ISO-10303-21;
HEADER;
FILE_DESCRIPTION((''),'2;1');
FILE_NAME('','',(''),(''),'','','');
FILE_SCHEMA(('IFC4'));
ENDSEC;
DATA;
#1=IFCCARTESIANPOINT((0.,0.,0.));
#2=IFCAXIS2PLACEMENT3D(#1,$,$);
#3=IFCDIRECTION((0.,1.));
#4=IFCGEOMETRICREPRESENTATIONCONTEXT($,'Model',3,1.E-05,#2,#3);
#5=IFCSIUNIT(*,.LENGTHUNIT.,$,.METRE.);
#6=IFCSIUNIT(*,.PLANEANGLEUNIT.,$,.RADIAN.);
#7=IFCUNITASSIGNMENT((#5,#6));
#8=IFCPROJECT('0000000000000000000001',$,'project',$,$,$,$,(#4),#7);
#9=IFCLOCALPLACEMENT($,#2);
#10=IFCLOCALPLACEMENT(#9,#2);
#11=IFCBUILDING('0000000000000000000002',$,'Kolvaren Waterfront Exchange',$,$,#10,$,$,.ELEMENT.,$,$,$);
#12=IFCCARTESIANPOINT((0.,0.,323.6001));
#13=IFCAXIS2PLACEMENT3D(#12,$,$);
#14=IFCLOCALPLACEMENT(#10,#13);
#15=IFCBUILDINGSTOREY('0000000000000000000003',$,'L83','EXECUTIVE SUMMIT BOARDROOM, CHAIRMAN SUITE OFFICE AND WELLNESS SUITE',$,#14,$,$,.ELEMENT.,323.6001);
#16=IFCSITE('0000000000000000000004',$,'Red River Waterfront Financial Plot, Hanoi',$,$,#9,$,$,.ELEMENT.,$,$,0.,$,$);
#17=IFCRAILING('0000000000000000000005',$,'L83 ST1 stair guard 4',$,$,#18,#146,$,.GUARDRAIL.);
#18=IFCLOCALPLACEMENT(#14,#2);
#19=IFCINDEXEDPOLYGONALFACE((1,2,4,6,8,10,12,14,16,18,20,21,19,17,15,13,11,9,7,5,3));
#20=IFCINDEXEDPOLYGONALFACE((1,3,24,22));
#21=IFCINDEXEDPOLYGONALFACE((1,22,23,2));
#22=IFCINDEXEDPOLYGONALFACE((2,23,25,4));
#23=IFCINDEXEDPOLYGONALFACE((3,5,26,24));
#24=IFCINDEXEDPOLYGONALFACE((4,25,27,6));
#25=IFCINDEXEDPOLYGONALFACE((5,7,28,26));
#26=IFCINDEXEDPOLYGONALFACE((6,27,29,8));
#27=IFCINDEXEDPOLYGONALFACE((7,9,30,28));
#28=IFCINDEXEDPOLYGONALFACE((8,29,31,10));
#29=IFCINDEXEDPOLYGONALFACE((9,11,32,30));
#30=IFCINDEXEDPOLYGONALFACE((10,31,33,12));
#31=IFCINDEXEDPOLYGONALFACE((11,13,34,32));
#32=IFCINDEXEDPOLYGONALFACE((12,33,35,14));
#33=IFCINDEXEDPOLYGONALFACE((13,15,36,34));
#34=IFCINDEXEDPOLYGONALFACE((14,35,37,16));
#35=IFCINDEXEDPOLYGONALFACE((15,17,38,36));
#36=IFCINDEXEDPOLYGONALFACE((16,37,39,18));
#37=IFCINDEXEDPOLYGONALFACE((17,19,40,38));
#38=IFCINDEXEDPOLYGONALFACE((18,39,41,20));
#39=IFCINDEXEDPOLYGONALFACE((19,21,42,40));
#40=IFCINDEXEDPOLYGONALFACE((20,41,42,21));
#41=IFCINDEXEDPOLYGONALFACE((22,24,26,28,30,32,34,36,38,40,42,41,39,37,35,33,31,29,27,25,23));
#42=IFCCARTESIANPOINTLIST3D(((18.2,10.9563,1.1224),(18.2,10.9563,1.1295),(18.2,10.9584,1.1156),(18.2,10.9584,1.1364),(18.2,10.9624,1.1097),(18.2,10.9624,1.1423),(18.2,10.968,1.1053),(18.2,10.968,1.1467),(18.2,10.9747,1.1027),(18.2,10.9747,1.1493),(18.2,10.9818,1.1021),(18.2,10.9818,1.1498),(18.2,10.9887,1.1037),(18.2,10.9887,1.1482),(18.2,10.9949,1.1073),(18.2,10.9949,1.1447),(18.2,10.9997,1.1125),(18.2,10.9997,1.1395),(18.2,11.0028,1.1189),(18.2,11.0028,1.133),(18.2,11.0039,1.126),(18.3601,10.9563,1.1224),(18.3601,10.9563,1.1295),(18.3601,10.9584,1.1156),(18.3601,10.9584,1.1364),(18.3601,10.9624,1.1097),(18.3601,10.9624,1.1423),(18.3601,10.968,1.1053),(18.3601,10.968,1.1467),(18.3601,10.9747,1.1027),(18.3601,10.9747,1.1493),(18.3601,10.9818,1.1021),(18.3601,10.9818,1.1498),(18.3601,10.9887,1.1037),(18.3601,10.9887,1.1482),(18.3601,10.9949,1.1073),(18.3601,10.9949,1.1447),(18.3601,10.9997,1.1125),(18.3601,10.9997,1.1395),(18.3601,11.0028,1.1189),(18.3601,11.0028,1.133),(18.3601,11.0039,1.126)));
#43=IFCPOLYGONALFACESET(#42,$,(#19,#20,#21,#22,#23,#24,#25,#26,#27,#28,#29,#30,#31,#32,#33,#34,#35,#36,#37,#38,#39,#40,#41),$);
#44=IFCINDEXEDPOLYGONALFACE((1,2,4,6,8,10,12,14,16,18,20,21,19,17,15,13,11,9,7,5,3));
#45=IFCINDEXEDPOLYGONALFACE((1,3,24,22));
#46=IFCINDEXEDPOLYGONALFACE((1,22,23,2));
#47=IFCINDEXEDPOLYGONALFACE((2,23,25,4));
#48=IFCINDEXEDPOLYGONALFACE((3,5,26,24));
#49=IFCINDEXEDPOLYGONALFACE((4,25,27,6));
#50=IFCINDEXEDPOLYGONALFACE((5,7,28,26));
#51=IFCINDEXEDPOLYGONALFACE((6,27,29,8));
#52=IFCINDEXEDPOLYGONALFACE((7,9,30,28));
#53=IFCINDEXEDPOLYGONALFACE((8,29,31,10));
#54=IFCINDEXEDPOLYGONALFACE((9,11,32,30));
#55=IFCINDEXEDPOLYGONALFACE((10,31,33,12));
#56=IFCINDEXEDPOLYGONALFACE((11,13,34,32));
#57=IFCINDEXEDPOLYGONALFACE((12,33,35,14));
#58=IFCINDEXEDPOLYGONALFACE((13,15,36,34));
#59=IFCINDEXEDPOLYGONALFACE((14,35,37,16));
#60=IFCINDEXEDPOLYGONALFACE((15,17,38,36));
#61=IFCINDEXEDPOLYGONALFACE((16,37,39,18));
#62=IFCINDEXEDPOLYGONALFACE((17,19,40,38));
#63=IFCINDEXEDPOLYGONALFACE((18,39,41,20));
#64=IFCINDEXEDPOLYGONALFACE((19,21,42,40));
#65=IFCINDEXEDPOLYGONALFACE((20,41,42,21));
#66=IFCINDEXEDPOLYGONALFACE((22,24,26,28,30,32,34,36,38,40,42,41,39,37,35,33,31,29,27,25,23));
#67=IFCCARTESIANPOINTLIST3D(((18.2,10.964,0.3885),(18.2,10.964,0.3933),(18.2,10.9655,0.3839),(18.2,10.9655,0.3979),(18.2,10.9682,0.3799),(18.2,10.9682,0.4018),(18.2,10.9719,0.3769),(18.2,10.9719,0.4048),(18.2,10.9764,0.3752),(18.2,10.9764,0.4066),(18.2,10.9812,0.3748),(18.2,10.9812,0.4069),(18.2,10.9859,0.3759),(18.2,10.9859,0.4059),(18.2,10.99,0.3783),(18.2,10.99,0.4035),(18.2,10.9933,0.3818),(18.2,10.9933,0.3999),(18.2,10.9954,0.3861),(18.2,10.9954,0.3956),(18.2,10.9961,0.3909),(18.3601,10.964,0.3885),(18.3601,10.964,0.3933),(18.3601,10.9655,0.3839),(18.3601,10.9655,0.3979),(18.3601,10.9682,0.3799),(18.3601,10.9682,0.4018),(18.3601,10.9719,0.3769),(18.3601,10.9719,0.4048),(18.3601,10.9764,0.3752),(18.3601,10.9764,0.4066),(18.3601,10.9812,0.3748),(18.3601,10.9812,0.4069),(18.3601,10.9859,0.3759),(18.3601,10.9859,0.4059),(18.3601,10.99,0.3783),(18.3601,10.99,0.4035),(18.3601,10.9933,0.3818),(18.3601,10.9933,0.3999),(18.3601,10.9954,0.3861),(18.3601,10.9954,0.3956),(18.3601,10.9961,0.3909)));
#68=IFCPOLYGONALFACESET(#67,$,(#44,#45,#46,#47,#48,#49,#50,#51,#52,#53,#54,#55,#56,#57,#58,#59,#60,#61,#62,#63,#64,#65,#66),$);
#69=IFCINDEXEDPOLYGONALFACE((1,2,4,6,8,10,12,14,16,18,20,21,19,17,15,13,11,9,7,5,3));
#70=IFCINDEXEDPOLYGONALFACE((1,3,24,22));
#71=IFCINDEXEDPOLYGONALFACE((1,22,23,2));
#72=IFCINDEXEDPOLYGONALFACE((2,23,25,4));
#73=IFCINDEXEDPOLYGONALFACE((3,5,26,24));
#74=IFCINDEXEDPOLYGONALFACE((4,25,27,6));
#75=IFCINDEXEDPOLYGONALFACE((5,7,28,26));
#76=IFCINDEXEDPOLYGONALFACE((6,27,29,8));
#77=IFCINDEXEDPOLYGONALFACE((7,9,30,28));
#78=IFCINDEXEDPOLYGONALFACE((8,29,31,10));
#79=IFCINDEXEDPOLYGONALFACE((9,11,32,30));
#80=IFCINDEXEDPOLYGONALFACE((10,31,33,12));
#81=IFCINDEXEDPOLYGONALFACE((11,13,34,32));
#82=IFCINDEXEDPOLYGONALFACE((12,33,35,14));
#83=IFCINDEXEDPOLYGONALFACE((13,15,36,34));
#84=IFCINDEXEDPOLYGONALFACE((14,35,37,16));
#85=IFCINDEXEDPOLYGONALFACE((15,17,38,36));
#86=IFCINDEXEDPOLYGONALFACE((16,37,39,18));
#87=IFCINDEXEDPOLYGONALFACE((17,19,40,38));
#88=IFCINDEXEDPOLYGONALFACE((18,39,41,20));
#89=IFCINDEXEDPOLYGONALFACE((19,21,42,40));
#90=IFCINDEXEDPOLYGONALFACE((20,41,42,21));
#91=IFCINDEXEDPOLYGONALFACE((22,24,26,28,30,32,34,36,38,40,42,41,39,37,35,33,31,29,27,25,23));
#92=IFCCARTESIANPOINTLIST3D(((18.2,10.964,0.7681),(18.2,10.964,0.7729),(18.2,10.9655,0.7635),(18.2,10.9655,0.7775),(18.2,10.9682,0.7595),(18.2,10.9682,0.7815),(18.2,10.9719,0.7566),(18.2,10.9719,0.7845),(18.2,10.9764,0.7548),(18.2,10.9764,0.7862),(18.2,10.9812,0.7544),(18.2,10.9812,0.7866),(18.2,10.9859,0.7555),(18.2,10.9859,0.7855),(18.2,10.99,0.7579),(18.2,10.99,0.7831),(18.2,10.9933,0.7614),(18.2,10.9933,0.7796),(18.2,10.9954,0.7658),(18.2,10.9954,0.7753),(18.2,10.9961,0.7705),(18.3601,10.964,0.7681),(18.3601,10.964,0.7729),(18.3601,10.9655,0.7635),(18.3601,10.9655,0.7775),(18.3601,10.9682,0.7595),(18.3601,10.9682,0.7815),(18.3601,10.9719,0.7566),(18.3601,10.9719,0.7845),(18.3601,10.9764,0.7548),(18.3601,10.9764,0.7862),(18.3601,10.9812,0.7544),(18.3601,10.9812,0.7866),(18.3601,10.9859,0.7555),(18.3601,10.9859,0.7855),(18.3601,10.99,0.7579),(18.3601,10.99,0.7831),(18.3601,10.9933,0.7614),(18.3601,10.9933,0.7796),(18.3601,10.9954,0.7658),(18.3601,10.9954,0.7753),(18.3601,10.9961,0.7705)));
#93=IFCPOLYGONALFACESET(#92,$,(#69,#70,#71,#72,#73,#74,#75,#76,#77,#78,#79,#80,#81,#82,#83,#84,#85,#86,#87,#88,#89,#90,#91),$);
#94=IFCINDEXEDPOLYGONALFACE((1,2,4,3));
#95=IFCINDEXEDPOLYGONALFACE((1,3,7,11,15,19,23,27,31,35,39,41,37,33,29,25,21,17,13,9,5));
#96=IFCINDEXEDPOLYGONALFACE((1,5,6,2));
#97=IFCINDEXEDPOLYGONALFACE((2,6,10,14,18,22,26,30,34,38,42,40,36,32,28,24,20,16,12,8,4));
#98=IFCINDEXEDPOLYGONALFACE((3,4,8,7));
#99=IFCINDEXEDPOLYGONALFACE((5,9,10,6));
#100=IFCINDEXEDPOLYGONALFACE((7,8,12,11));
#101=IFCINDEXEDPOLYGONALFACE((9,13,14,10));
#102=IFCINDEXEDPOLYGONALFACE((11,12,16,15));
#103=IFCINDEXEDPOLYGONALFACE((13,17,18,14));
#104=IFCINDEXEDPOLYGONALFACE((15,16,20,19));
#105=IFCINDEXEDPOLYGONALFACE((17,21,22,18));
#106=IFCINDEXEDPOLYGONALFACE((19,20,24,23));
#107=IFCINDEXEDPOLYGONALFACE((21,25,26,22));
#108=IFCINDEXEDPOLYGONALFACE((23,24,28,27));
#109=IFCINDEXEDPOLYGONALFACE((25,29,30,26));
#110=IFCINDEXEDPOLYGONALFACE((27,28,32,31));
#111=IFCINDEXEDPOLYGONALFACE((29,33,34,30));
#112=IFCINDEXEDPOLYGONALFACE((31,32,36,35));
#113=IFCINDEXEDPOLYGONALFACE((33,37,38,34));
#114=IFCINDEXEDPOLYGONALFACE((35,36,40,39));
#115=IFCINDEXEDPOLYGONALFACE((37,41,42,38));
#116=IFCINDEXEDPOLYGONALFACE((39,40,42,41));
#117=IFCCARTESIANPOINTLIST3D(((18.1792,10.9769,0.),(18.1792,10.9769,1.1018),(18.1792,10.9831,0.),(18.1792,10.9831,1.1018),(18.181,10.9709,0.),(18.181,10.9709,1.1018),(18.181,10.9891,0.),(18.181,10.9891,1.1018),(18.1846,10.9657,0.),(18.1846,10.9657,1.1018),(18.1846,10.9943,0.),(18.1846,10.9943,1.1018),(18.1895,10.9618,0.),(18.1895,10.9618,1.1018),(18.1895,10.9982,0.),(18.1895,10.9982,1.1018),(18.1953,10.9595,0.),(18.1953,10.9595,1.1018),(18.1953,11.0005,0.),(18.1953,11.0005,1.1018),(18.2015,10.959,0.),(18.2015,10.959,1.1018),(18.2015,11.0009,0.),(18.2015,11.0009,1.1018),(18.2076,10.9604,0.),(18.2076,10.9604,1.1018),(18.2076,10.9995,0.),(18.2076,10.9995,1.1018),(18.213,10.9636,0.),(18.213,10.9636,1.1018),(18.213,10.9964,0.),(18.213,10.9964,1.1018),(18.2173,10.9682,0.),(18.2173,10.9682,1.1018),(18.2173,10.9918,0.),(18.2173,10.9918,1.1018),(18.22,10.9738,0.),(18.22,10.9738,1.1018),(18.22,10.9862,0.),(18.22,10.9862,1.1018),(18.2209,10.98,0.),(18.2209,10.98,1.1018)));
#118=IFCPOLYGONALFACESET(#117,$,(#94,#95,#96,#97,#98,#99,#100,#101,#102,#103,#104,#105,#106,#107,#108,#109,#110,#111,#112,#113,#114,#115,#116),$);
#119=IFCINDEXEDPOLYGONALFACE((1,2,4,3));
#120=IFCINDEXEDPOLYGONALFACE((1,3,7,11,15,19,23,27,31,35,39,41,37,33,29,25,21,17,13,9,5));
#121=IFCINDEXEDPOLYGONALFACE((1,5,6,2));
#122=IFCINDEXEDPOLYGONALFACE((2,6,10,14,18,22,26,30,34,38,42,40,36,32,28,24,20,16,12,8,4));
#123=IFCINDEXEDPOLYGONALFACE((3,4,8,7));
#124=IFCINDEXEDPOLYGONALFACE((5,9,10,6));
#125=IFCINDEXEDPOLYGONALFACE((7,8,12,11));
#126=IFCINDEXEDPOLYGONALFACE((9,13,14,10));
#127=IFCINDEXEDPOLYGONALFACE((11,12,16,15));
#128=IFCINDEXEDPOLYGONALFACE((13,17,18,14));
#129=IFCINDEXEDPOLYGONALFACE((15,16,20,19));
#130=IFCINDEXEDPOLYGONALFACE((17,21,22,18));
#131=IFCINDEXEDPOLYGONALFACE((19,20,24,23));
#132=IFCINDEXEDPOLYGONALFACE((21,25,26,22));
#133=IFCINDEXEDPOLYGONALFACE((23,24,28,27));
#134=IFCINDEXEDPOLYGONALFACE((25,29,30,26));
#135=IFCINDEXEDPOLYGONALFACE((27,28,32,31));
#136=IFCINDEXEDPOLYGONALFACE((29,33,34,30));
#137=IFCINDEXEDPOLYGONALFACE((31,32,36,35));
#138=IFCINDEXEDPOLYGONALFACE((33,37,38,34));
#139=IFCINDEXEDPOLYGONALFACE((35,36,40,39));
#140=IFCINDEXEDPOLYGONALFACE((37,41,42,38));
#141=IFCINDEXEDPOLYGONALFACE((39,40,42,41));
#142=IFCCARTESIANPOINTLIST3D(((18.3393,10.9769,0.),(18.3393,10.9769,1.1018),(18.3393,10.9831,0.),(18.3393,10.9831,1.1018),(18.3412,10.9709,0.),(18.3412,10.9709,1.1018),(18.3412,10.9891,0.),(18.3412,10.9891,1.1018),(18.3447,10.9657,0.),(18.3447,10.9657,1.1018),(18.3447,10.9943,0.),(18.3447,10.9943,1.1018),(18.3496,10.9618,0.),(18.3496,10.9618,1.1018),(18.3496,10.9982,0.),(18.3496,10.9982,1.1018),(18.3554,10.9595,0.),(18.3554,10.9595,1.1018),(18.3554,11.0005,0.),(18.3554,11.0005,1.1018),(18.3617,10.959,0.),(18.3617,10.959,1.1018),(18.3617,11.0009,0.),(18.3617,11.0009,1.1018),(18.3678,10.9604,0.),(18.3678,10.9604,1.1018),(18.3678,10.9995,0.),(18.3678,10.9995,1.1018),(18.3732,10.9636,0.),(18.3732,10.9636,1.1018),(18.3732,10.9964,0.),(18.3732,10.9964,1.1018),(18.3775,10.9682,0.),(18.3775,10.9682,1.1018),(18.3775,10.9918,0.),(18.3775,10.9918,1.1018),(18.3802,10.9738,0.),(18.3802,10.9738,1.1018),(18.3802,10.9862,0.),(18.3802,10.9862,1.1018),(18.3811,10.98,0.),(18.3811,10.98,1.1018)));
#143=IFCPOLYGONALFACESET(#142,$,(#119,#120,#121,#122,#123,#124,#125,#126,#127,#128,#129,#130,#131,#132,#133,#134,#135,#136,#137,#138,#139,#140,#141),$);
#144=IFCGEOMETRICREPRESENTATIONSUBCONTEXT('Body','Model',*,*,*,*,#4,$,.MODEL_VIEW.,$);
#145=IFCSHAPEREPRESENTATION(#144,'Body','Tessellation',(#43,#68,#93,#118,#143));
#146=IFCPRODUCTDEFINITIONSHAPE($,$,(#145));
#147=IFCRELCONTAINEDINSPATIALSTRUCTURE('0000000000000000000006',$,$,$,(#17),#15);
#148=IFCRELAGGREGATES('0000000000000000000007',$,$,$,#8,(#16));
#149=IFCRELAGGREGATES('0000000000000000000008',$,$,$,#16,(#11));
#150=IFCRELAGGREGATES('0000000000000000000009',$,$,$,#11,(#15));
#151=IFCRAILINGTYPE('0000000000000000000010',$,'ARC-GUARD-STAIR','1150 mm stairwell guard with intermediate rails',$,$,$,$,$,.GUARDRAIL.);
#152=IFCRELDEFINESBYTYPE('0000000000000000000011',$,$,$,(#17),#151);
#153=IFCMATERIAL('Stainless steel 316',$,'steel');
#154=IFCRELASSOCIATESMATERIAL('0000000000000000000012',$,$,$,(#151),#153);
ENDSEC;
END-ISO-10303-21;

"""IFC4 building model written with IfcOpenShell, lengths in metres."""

from ifc_helpers import new_model, si_unit, direction, frame, origin, origin_2d, place, context, subcontext, project, spatial, circle, extrude, material, type_object, element, save


model = new_model("IFC4")

# Units and contexts
model_context = context("Model", 3, precision=1e-05, world=origin(), true_north=direction((0.0, 1.0)))
body_context = subcontext(model_context, "Body", "Model", "MODEL_VIEW")
ifc_project = project(units=[si_unit("LENGTHUNIT", "METRE"), si_unit("PLANEANGLEUNIT", "RADIAN")], contexts=[model_context])

# Site, building, storey
site_placement = place(None, origin())
site = spatial("IfcSite", under=ifc_project, at=site_placement, Name="Red River Waterfront Financial Plot, Hanoi", CompositionType="ELEMENT", RefElevation=0.0)
building_placement = place(site_placement, origin())
building = spatial("IfcBuilding", under=site, at=building_placement, Name="Kolvaren Waterfront Exchange", CompositionType="ELEMENT")
storey_placement = place(building_placement, frame((0.0, 0.0, 323.6001)))
storey = spatial("IfcBuildingStorey", under=building, at=storey_placement, Name="L83", Description="EXECUTIVE SUMMIT BOARDROOM, CHAIRMAN SUITE OFFICE AND WELLNESS SUITE", CompositionType="ELEMENT", Elevation=323.6001)

# Railing
ifc_material_1 = material(Name="Stainless steel 316", Category="steel")
railing_type_1 = type_object("IfcRailingType", Name="ARC-GUARD-STAIR", Description="1150 mm stairwell guard with intermediate rails", PredefinedType="GUARDRAIL", material=ifc_material_1)
railing_1_placement = place(storey_placement, frame((18.2, 10.98, 0.0)))
element("IfcRailing", 1, at=railing_1_placement, inside=storey, type_object=railing_type_1, Name="L83 ST1 stair guard 4", PredefinedType="GUARDRAIL", context=body_context, shape_type="SweptSolid", body=[
    extrude(circle(Radius=0.0239, at=origin_2d()), frame((0.0, 0.0, 1.126), z_axis=(1.0, 0.0, 0.0), x_axis=(0.0, 1.0, 0.0)), (0.0, 0.0, 1.0), 0.1602),
    extrude(circle(Radius=0.0161, at=origin_2d()), frame((0.0, 0.0, 0.3909), z_axis=(1.0, 0.0, 0.0), x_axis=(0.0, 1.0, 0.0)), (0.0, 0.0, 1.0), 0.1602),
    extrude(circle(Radius=0.0161, at=origin_2d()), frame((0.0, 0.0, 0.7705), z_axis=(1.0, 0.0, 0.0), x_axis=(0.0, 1.0, 0.0)), (0.0, 0.0, 1.0), 0.1602),
    extrude(circle(Radius=0.021, at=origin_2d()), origin(), (0.0, 0.0, 1.0), 1.1018),
    extrude(circle(Radius=0.021, at=origin_2d()), frame((0.1602, 0.0, 0.0)), (0.0, 0.0, 1.0), 1.1018),
])

save(model, "model.ifc")
